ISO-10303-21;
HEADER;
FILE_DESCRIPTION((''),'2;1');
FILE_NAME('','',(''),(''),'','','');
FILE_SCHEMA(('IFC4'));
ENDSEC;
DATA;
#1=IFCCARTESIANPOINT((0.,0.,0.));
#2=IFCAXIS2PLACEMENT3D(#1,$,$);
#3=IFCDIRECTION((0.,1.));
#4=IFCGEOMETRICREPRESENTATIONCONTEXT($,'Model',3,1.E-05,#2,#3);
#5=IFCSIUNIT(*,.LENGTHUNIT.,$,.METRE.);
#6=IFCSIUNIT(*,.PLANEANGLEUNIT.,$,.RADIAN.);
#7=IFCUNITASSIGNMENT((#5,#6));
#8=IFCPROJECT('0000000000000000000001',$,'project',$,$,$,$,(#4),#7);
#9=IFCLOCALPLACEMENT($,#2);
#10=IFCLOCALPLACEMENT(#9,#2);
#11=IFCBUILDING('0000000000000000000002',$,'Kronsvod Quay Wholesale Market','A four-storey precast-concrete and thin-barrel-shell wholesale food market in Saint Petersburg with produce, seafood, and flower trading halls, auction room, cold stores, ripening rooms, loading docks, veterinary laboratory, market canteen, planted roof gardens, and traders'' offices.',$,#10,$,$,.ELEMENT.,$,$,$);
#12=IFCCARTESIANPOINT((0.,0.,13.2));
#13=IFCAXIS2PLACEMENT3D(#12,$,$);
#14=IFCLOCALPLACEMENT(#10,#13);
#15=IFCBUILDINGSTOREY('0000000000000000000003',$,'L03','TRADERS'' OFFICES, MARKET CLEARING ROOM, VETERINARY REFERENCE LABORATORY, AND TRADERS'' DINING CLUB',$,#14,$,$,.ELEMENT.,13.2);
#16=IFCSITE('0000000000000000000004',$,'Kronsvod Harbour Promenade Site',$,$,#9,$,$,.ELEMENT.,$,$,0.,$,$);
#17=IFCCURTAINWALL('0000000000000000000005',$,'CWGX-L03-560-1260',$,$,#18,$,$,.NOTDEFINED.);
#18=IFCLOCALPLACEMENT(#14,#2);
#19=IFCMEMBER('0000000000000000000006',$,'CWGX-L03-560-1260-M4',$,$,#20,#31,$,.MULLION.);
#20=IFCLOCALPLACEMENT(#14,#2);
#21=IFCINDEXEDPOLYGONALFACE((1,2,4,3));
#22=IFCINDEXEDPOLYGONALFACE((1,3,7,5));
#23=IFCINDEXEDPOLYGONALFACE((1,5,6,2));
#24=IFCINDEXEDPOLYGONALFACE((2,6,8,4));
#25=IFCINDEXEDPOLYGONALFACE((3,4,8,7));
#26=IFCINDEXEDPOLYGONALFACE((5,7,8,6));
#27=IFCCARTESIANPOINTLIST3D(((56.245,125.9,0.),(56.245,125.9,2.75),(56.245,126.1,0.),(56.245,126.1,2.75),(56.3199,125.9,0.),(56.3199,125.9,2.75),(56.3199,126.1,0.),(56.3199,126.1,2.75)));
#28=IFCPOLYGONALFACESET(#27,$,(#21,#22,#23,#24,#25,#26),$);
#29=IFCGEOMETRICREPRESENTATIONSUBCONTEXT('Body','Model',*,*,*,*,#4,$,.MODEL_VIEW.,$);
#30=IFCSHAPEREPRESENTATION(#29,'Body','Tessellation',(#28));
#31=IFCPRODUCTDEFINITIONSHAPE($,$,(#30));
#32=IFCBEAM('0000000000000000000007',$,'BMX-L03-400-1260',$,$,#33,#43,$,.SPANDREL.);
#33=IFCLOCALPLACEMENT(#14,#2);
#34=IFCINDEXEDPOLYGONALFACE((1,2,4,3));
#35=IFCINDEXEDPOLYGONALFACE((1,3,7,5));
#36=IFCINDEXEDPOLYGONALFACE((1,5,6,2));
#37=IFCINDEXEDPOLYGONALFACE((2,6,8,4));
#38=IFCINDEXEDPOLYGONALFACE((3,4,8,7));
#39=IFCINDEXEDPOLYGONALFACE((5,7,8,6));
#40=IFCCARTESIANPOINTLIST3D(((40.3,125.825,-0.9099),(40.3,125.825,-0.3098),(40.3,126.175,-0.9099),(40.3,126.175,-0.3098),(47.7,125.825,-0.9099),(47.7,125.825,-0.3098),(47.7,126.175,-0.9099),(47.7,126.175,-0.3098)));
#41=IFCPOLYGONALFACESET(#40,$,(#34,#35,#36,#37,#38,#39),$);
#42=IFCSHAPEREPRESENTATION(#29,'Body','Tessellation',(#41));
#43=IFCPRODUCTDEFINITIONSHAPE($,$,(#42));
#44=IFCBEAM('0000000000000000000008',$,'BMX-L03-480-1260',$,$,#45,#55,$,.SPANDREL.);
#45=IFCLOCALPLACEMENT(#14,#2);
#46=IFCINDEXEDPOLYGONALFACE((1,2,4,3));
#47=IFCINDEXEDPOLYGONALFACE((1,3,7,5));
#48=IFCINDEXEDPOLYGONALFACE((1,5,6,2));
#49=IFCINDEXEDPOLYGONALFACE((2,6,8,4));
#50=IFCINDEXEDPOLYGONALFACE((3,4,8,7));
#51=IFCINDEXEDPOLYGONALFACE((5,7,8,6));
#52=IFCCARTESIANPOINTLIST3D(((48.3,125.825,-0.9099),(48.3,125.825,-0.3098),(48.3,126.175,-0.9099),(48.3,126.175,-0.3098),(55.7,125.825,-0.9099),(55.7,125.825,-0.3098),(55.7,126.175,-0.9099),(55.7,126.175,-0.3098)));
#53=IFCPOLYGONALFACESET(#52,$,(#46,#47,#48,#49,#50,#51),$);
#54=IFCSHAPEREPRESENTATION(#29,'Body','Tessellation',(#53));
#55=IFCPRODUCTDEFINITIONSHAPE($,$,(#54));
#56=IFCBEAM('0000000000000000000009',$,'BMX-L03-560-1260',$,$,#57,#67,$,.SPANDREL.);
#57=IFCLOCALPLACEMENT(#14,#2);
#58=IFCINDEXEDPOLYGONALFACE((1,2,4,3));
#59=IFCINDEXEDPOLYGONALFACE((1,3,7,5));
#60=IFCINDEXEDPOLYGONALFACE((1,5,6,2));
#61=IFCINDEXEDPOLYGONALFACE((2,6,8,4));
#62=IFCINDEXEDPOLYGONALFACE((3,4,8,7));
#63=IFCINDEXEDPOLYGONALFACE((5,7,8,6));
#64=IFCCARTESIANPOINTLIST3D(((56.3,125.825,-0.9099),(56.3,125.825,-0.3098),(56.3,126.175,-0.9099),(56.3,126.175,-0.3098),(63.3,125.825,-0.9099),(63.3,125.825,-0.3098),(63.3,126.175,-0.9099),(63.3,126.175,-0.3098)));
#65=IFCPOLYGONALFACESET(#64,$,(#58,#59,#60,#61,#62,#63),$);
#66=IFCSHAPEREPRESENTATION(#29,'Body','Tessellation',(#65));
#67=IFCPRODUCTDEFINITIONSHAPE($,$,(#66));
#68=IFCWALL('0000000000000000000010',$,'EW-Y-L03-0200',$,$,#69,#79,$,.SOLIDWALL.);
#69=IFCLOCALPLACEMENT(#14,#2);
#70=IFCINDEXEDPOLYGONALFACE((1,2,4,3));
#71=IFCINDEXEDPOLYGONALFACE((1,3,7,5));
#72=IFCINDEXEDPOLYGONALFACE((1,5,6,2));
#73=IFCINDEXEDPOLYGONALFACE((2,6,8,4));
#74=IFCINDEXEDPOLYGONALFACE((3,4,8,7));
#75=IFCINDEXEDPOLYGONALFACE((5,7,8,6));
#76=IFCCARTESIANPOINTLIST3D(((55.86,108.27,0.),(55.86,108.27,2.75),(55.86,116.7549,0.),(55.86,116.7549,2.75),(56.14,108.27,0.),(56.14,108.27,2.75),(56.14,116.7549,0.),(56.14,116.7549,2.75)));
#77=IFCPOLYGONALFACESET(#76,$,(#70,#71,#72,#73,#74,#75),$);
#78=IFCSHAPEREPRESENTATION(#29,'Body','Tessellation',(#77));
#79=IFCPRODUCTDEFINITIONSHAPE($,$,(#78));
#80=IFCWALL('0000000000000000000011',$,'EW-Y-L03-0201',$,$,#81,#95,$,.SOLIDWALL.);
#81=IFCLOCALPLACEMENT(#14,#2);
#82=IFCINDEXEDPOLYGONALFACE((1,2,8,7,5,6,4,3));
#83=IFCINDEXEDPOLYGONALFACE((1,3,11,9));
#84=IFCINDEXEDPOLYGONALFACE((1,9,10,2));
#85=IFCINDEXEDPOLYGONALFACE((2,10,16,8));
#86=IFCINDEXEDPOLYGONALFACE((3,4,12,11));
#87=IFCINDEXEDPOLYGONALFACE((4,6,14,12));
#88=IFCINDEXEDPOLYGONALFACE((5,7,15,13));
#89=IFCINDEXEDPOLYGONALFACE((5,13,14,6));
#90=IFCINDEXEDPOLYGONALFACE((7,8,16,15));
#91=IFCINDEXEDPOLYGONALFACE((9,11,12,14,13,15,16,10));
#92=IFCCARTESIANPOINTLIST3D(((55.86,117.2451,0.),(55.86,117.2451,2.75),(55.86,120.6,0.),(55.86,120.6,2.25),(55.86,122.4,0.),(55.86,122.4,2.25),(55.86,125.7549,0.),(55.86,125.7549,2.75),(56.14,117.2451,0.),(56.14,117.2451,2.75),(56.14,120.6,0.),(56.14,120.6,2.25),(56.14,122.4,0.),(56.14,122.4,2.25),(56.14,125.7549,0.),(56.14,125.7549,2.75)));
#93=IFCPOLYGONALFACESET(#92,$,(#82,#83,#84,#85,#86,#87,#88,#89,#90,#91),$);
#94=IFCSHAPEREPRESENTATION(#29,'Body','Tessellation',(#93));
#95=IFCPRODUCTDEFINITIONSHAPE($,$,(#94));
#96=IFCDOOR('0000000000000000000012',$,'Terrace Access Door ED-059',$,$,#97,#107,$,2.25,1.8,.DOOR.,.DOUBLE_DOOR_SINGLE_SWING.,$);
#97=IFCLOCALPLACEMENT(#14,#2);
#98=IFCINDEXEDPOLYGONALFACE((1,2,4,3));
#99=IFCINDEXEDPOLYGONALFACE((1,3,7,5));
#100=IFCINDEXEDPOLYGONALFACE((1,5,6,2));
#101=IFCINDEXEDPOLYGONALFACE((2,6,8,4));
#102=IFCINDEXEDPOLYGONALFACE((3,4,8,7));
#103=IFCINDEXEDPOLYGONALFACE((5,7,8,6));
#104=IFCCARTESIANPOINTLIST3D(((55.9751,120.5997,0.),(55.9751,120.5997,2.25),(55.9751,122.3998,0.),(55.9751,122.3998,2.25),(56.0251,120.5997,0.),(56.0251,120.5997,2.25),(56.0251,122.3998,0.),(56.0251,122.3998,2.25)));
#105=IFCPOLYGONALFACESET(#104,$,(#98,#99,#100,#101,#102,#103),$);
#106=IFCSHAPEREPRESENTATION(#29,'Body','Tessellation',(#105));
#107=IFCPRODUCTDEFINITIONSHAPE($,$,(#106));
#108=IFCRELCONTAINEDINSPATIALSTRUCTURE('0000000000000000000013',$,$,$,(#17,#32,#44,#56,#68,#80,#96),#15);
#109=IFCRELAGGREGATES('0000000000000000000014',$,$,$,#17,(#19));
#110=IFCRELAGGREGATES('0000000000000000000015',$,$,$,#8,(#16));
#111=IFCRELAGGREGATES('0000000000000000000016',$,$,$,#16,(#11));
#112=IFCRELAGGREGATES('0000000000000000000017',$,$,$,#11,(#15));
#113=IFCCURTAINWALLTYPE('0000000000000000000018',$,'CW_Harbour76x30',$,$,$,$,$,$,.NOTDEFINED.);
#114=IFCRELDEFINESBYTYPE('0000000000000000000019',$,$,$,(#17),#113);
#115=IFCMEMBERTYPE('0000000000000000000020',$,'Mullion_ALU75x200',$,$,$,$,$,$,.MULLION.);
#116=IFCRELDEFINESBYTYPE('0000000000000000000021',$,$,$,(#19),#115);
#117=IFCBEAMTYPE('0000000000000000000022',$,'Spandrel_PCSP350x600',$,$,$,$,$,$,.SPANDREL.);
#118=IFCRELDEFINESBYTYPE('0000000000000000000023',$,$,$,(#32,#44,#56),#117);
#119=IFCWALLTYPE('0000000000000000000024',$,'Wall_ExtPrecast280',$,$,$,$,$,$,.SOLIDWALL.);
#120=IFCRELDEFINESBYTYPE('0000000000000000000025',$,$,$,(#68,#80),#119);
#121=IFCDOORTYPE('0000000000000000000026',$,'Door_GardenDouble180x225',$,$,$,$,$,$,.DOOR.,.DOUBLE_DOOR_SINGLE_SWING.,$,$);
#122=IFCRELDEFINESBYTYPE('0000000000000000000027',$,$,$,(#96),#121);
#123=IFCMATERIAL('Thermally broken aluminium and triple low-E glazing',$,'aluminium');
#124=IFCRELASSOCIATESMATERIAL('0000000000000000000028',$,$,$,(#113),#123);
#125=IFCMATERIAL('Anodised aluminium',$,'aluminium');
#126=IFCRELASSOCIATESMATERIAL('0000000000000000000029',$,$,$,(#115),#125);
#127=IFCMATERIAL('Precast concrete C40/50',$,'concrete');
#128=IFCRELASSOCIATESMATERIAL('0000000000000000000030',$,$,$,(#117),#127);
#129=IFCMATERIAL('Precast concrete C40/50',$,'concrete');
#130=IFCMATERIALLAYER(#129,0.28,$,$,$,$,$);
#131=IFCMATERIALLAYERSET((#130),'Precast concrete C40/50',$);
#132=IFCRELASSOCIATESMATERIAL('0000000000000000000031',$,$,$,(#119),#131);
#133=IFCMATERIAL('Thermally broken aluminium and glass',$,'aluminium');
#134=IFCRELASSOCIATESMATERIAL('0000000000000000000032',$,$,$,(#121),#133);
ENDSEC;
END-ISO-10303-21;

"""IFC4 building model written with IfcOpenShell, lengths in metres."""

from ifc_helpers import new_model, si_unit, direction, frame, frame_2d, origin, origin_2d, place, context, subcontext, project, spatial, rectangle, extrude, material, layer, layer_set, material_profile, profile_set, type_object, element, fill, aggregate, save


model = new_model("IFC4")

# Units and contexts
model_context = context("Model", 3, precision=1e-05, world=origin(), true_north=direction((0.0, 1.0)))
body_context = subcontext(model_context, "Body", "Model", "MODEL_VIEW")
ifc_project = project(units=[si_unit("LENGTHUNIT", "METRE"), si_unit("PLANEANGLEUNIT", "RADIAN")], contexts=[model_context])

# Site, building, storey
site_placement = place(None, origin())
site = spatial("IfcSite", under=ifc_project, at=site_placement, Name="Kronsvod Harbour Promenade Site", CompositionType="ELEMENT", RefElevation=0.0)
building_placement = place(site_placement, origin())
building = spatial("IfcBuilding", under=site, at=building_placement, Name="Kronsvod Quay Wholesale Market", Description="A four-storey precast-concrete and thin-barrel-shell wholesale food market in Saint Petersburg with produce, seafood, and flower trading halls, auction room, cold stores, ripening rooms, loading docks, veterinary laboratory, market canteen, planted roof gardens, and traders' offices.", CompositionType="ELEMENT")
storey_placement = place(building_placement, frame((0.0, 0.0, 13.2)))
storey = spatial("IfcBuildingStorey", under=building, at=storey_placement, Name="L03", Description="TRADERS' OFFICES, MARKET CLEARING ROOM, VETERINARY REFERENCE LABORATORY, AND TRADERS' DINING CLUB", CompositionType="ELEMENT", Elevation=13.2)

# Curtain wall, member
ifc_material_1 = material(Name="Thermally broken aluminium and triple low-E glazing", Category="aluminium")
curtain_wall_type = type_object("IfcCurtainWallType", Name="CW_Harbour76x30", PredefinedType="NOTDEFINED", material=ifc_material_1)
curtain_wall_placement = place(storey_placement, origin())
curtain_wall = element("IfcCurtainWall", 1, at=curtain_wall_placement, inside=storey, type_object=curtain_wall_type, Name="CWGX-L03-560-1260", PredefinedType="NOTDEFINED")
ifc_material_2 = material(Name="Anodised aluminium", Category="aluminium")
ifc_material_profile_1 = material_profile(ifc_material_2, rectangle(XDim=0.075, YDim=0.2, at=origin_2d()), Name="ALUM75x200")
ifc_profile_set_1 = profile_set([ifc_material_profile_1], Name="Anodised aluminium")
member_type = type_object("IfcMemberType", Name="Mullion_ALU75x200", PredefinedType="MULLION", material=ifc_profile_set_1)
member_placement = place(storey_placement, frame((56.2825, 126.0, 0.0), z_axis=(0.0, 0.0, 1.0), x_axis=(1.0, 0.0, 0.0)))
member = element("IfcMember", 2, at=member_placement, type_object=member_type, Name="CWGX-L03-560-1260-M4", PredefinedType="MULLION", context=body_context, shape_type="SweptSolid", body=[
    extrude(rectangle(XDim=0.075, YDim=0.2, at=origin_2d()), origin(), (0.0, 0.0, 1.0), 2.75),
])
aggregate(curtain_wall, [member])

# Beams
ifc_material_3 = material(Name="Precast concrete C40/50", Category="concrete")
ifc_material_profile_2 = material_profile(ifc_material_3, rectangle(XDim=0.3501, YDim=0.6001, at=origin_2d()), Name="PCSP350x600")
ifc_profile_set_2 = profile_set([ifc_material_profile_2], Name="Precast concrete C40/50")
beam_type_1 = type_object("IfcBeamType", Name="Spandrel_PCSP350x600", PredefinedType="SPANDREL", material=ifc_profile_set_2)
for number, where, z_axis, x_axis, name in (
    (3, (40.3, 126.0, -0.6099), (1.0, 0.0, 0.0), (0.0, 1.0, 0.0), "BMX-L03-400-1260"),
    (4, (48.3, 126.0, -0.6099), (1.0, 0.0, 0.0), (0.0, 1.0, 0.0), "BMX-L03-480-1260"),
):
    element("IfcBeam", number, at=place(storey_placement, frame(where, z_axis=z_axis, x_axis=x_axis)), inside=storey, type_object=beam_type_1, Name=name, PredefinedType="SPANDREL", context=body_context, shape_type="SweptSolid", body=[
        extrude(rectangle(XDim=0.3501, YDim=0.6001, at=origin_2d()), origin(), (0.0, 0.0, 1.0), 7.3999),
    ])
beam_1_placement = place(storey_placement, frame((56.3, 126.0, -0.6099), z_axis=(1.0, 0.0, 0.0), x_axis=(0.0, 1.0, 0.0)))
element("IfcBeam", 5, at=beam_1_placement, inside=storey, type_object=beam_type_1, Name="BMX-L03-560-1260", PredefinedType="SPANDREL", context=body_context, shape_type="SweptSolid", body=[
    extrude(rectangle(XDim=0.3501, YDim=0.6001, at=origin_2d()), origin(), (0.0, 0.0, 1.0), 7.0),
])

# Wall
ifc_material_4 = material(Name="Precast concrete C40/50", Category="concrete")
ifc_layer = layer(ifc_material_4, 0.28)
ifc_layer_set = layer_set([ifc_layer], Name="Precast concrete C40/50")
wall_type = type_object("IfcWallType", Name="Wall_ExtPrecast280", PredefinedType="SOLIDWALL", material=ifc_layer_set)
wall_1_placement = place(storey_placement, frame((56.0, 116.7549, 0.0), z_axis=(0.0, 0.0, 1.0), x_axis=(0.0, -1.0, 0.0)))
element("IfcWall", 6, at=wall_1_placement, inside=storey, type_object=wall_type, Name="EW-Y-L03-0200", PredefinedType="SOLIDWALL", context=body_context, shape_type="SweptSolid", body=[
    extrude(rectangle(XDim=8.4849, YDim=0.28, at=frame_2d((4.2424, 0.0))), origin(), (0.0, 0.0, 1.0), 2.75),
])

# Wall, opening, door
wall_2_placement = place(storey_placement, frame((56.0, 125.7549, 0.0), z_axis=(0.0, 0.0, 1.0), x_axis=(0.0, -1.0, 0.0)))
wall_2 = element("IfcWall", 7, at=wall_2_placement, inside=storey, type_object=wall_type, Name="EW-Y-L03-0201", PredefinedType="SOLIDWALL", context=body_context, shape_type="SweptSolid", body=[
    extrude(rectangle(XDim=8.5098, YDim=0.28, at=frame_2d((4.2549, 0.0))), origin(), (0.0, 0.0, 1.0), 2.75),
])
opening_placement = place(wall_2_placement, frame((3.355, 0.0, 0.0)))
opening = element("IfcOpeningElement", 8, at=opening_placement, cuts=wall_2, PredefinedType="OPENING", context=body_context, shape_type="SweptSolid", body=[
    extrude(rectangle(XDim=1.8, YDim=2.25, at=frame_2d((0.8999, 1.125))), frame((0.0, 0.1499, 0.0), z_axis=(0.0, -1.0, 0.0), x_axis=(1.0, 0.0, 0.0)), (0.0, 0.0, 1.0), 0.3),
])
ifc_material_5 = material(Name="Thermally broken aluminium and glass", Category="aluminium")
door_type = type_object("IfcDoorType", Name="Door_GardenDouble180x225", OperationType="DOUBLE_DOOR_SINGLE_SWING", PredefinedType="DOOR", material=ifc_material_5)
door_placement = place(opening_placement, frame((1.8, 0.0, 0.0), z_axis=(0.0, 0.0, 1.0), x_axis=(-1.0, 0.0, 0.0)))
door = element("IfcDoor", 9, at=door_placement, inside=storey, type_object=door_type, Name="Terrace Access Door ED-059", OperationType="DOUBLE_DOOR_SINGLE_SWING", OverallHeight=2.25, OverallWidth=1.8, PredefinedType="DOOR", context=body_context, shape_type="SweptSolid", body=[
    extrude(rectangle(XDim=1.8, YDim=2.25, at=frame_2d((0.8999, 1.125))), frame((0.0, 0.0249, 0.0), z_axis=(0.0, -1.0, 0.0), x_axis=(1.0, 0.0, 0.0)), (0.0, 0.0, 1.0), 0.05),
])
fill(opening, door)

save(model, "model.ifc")
